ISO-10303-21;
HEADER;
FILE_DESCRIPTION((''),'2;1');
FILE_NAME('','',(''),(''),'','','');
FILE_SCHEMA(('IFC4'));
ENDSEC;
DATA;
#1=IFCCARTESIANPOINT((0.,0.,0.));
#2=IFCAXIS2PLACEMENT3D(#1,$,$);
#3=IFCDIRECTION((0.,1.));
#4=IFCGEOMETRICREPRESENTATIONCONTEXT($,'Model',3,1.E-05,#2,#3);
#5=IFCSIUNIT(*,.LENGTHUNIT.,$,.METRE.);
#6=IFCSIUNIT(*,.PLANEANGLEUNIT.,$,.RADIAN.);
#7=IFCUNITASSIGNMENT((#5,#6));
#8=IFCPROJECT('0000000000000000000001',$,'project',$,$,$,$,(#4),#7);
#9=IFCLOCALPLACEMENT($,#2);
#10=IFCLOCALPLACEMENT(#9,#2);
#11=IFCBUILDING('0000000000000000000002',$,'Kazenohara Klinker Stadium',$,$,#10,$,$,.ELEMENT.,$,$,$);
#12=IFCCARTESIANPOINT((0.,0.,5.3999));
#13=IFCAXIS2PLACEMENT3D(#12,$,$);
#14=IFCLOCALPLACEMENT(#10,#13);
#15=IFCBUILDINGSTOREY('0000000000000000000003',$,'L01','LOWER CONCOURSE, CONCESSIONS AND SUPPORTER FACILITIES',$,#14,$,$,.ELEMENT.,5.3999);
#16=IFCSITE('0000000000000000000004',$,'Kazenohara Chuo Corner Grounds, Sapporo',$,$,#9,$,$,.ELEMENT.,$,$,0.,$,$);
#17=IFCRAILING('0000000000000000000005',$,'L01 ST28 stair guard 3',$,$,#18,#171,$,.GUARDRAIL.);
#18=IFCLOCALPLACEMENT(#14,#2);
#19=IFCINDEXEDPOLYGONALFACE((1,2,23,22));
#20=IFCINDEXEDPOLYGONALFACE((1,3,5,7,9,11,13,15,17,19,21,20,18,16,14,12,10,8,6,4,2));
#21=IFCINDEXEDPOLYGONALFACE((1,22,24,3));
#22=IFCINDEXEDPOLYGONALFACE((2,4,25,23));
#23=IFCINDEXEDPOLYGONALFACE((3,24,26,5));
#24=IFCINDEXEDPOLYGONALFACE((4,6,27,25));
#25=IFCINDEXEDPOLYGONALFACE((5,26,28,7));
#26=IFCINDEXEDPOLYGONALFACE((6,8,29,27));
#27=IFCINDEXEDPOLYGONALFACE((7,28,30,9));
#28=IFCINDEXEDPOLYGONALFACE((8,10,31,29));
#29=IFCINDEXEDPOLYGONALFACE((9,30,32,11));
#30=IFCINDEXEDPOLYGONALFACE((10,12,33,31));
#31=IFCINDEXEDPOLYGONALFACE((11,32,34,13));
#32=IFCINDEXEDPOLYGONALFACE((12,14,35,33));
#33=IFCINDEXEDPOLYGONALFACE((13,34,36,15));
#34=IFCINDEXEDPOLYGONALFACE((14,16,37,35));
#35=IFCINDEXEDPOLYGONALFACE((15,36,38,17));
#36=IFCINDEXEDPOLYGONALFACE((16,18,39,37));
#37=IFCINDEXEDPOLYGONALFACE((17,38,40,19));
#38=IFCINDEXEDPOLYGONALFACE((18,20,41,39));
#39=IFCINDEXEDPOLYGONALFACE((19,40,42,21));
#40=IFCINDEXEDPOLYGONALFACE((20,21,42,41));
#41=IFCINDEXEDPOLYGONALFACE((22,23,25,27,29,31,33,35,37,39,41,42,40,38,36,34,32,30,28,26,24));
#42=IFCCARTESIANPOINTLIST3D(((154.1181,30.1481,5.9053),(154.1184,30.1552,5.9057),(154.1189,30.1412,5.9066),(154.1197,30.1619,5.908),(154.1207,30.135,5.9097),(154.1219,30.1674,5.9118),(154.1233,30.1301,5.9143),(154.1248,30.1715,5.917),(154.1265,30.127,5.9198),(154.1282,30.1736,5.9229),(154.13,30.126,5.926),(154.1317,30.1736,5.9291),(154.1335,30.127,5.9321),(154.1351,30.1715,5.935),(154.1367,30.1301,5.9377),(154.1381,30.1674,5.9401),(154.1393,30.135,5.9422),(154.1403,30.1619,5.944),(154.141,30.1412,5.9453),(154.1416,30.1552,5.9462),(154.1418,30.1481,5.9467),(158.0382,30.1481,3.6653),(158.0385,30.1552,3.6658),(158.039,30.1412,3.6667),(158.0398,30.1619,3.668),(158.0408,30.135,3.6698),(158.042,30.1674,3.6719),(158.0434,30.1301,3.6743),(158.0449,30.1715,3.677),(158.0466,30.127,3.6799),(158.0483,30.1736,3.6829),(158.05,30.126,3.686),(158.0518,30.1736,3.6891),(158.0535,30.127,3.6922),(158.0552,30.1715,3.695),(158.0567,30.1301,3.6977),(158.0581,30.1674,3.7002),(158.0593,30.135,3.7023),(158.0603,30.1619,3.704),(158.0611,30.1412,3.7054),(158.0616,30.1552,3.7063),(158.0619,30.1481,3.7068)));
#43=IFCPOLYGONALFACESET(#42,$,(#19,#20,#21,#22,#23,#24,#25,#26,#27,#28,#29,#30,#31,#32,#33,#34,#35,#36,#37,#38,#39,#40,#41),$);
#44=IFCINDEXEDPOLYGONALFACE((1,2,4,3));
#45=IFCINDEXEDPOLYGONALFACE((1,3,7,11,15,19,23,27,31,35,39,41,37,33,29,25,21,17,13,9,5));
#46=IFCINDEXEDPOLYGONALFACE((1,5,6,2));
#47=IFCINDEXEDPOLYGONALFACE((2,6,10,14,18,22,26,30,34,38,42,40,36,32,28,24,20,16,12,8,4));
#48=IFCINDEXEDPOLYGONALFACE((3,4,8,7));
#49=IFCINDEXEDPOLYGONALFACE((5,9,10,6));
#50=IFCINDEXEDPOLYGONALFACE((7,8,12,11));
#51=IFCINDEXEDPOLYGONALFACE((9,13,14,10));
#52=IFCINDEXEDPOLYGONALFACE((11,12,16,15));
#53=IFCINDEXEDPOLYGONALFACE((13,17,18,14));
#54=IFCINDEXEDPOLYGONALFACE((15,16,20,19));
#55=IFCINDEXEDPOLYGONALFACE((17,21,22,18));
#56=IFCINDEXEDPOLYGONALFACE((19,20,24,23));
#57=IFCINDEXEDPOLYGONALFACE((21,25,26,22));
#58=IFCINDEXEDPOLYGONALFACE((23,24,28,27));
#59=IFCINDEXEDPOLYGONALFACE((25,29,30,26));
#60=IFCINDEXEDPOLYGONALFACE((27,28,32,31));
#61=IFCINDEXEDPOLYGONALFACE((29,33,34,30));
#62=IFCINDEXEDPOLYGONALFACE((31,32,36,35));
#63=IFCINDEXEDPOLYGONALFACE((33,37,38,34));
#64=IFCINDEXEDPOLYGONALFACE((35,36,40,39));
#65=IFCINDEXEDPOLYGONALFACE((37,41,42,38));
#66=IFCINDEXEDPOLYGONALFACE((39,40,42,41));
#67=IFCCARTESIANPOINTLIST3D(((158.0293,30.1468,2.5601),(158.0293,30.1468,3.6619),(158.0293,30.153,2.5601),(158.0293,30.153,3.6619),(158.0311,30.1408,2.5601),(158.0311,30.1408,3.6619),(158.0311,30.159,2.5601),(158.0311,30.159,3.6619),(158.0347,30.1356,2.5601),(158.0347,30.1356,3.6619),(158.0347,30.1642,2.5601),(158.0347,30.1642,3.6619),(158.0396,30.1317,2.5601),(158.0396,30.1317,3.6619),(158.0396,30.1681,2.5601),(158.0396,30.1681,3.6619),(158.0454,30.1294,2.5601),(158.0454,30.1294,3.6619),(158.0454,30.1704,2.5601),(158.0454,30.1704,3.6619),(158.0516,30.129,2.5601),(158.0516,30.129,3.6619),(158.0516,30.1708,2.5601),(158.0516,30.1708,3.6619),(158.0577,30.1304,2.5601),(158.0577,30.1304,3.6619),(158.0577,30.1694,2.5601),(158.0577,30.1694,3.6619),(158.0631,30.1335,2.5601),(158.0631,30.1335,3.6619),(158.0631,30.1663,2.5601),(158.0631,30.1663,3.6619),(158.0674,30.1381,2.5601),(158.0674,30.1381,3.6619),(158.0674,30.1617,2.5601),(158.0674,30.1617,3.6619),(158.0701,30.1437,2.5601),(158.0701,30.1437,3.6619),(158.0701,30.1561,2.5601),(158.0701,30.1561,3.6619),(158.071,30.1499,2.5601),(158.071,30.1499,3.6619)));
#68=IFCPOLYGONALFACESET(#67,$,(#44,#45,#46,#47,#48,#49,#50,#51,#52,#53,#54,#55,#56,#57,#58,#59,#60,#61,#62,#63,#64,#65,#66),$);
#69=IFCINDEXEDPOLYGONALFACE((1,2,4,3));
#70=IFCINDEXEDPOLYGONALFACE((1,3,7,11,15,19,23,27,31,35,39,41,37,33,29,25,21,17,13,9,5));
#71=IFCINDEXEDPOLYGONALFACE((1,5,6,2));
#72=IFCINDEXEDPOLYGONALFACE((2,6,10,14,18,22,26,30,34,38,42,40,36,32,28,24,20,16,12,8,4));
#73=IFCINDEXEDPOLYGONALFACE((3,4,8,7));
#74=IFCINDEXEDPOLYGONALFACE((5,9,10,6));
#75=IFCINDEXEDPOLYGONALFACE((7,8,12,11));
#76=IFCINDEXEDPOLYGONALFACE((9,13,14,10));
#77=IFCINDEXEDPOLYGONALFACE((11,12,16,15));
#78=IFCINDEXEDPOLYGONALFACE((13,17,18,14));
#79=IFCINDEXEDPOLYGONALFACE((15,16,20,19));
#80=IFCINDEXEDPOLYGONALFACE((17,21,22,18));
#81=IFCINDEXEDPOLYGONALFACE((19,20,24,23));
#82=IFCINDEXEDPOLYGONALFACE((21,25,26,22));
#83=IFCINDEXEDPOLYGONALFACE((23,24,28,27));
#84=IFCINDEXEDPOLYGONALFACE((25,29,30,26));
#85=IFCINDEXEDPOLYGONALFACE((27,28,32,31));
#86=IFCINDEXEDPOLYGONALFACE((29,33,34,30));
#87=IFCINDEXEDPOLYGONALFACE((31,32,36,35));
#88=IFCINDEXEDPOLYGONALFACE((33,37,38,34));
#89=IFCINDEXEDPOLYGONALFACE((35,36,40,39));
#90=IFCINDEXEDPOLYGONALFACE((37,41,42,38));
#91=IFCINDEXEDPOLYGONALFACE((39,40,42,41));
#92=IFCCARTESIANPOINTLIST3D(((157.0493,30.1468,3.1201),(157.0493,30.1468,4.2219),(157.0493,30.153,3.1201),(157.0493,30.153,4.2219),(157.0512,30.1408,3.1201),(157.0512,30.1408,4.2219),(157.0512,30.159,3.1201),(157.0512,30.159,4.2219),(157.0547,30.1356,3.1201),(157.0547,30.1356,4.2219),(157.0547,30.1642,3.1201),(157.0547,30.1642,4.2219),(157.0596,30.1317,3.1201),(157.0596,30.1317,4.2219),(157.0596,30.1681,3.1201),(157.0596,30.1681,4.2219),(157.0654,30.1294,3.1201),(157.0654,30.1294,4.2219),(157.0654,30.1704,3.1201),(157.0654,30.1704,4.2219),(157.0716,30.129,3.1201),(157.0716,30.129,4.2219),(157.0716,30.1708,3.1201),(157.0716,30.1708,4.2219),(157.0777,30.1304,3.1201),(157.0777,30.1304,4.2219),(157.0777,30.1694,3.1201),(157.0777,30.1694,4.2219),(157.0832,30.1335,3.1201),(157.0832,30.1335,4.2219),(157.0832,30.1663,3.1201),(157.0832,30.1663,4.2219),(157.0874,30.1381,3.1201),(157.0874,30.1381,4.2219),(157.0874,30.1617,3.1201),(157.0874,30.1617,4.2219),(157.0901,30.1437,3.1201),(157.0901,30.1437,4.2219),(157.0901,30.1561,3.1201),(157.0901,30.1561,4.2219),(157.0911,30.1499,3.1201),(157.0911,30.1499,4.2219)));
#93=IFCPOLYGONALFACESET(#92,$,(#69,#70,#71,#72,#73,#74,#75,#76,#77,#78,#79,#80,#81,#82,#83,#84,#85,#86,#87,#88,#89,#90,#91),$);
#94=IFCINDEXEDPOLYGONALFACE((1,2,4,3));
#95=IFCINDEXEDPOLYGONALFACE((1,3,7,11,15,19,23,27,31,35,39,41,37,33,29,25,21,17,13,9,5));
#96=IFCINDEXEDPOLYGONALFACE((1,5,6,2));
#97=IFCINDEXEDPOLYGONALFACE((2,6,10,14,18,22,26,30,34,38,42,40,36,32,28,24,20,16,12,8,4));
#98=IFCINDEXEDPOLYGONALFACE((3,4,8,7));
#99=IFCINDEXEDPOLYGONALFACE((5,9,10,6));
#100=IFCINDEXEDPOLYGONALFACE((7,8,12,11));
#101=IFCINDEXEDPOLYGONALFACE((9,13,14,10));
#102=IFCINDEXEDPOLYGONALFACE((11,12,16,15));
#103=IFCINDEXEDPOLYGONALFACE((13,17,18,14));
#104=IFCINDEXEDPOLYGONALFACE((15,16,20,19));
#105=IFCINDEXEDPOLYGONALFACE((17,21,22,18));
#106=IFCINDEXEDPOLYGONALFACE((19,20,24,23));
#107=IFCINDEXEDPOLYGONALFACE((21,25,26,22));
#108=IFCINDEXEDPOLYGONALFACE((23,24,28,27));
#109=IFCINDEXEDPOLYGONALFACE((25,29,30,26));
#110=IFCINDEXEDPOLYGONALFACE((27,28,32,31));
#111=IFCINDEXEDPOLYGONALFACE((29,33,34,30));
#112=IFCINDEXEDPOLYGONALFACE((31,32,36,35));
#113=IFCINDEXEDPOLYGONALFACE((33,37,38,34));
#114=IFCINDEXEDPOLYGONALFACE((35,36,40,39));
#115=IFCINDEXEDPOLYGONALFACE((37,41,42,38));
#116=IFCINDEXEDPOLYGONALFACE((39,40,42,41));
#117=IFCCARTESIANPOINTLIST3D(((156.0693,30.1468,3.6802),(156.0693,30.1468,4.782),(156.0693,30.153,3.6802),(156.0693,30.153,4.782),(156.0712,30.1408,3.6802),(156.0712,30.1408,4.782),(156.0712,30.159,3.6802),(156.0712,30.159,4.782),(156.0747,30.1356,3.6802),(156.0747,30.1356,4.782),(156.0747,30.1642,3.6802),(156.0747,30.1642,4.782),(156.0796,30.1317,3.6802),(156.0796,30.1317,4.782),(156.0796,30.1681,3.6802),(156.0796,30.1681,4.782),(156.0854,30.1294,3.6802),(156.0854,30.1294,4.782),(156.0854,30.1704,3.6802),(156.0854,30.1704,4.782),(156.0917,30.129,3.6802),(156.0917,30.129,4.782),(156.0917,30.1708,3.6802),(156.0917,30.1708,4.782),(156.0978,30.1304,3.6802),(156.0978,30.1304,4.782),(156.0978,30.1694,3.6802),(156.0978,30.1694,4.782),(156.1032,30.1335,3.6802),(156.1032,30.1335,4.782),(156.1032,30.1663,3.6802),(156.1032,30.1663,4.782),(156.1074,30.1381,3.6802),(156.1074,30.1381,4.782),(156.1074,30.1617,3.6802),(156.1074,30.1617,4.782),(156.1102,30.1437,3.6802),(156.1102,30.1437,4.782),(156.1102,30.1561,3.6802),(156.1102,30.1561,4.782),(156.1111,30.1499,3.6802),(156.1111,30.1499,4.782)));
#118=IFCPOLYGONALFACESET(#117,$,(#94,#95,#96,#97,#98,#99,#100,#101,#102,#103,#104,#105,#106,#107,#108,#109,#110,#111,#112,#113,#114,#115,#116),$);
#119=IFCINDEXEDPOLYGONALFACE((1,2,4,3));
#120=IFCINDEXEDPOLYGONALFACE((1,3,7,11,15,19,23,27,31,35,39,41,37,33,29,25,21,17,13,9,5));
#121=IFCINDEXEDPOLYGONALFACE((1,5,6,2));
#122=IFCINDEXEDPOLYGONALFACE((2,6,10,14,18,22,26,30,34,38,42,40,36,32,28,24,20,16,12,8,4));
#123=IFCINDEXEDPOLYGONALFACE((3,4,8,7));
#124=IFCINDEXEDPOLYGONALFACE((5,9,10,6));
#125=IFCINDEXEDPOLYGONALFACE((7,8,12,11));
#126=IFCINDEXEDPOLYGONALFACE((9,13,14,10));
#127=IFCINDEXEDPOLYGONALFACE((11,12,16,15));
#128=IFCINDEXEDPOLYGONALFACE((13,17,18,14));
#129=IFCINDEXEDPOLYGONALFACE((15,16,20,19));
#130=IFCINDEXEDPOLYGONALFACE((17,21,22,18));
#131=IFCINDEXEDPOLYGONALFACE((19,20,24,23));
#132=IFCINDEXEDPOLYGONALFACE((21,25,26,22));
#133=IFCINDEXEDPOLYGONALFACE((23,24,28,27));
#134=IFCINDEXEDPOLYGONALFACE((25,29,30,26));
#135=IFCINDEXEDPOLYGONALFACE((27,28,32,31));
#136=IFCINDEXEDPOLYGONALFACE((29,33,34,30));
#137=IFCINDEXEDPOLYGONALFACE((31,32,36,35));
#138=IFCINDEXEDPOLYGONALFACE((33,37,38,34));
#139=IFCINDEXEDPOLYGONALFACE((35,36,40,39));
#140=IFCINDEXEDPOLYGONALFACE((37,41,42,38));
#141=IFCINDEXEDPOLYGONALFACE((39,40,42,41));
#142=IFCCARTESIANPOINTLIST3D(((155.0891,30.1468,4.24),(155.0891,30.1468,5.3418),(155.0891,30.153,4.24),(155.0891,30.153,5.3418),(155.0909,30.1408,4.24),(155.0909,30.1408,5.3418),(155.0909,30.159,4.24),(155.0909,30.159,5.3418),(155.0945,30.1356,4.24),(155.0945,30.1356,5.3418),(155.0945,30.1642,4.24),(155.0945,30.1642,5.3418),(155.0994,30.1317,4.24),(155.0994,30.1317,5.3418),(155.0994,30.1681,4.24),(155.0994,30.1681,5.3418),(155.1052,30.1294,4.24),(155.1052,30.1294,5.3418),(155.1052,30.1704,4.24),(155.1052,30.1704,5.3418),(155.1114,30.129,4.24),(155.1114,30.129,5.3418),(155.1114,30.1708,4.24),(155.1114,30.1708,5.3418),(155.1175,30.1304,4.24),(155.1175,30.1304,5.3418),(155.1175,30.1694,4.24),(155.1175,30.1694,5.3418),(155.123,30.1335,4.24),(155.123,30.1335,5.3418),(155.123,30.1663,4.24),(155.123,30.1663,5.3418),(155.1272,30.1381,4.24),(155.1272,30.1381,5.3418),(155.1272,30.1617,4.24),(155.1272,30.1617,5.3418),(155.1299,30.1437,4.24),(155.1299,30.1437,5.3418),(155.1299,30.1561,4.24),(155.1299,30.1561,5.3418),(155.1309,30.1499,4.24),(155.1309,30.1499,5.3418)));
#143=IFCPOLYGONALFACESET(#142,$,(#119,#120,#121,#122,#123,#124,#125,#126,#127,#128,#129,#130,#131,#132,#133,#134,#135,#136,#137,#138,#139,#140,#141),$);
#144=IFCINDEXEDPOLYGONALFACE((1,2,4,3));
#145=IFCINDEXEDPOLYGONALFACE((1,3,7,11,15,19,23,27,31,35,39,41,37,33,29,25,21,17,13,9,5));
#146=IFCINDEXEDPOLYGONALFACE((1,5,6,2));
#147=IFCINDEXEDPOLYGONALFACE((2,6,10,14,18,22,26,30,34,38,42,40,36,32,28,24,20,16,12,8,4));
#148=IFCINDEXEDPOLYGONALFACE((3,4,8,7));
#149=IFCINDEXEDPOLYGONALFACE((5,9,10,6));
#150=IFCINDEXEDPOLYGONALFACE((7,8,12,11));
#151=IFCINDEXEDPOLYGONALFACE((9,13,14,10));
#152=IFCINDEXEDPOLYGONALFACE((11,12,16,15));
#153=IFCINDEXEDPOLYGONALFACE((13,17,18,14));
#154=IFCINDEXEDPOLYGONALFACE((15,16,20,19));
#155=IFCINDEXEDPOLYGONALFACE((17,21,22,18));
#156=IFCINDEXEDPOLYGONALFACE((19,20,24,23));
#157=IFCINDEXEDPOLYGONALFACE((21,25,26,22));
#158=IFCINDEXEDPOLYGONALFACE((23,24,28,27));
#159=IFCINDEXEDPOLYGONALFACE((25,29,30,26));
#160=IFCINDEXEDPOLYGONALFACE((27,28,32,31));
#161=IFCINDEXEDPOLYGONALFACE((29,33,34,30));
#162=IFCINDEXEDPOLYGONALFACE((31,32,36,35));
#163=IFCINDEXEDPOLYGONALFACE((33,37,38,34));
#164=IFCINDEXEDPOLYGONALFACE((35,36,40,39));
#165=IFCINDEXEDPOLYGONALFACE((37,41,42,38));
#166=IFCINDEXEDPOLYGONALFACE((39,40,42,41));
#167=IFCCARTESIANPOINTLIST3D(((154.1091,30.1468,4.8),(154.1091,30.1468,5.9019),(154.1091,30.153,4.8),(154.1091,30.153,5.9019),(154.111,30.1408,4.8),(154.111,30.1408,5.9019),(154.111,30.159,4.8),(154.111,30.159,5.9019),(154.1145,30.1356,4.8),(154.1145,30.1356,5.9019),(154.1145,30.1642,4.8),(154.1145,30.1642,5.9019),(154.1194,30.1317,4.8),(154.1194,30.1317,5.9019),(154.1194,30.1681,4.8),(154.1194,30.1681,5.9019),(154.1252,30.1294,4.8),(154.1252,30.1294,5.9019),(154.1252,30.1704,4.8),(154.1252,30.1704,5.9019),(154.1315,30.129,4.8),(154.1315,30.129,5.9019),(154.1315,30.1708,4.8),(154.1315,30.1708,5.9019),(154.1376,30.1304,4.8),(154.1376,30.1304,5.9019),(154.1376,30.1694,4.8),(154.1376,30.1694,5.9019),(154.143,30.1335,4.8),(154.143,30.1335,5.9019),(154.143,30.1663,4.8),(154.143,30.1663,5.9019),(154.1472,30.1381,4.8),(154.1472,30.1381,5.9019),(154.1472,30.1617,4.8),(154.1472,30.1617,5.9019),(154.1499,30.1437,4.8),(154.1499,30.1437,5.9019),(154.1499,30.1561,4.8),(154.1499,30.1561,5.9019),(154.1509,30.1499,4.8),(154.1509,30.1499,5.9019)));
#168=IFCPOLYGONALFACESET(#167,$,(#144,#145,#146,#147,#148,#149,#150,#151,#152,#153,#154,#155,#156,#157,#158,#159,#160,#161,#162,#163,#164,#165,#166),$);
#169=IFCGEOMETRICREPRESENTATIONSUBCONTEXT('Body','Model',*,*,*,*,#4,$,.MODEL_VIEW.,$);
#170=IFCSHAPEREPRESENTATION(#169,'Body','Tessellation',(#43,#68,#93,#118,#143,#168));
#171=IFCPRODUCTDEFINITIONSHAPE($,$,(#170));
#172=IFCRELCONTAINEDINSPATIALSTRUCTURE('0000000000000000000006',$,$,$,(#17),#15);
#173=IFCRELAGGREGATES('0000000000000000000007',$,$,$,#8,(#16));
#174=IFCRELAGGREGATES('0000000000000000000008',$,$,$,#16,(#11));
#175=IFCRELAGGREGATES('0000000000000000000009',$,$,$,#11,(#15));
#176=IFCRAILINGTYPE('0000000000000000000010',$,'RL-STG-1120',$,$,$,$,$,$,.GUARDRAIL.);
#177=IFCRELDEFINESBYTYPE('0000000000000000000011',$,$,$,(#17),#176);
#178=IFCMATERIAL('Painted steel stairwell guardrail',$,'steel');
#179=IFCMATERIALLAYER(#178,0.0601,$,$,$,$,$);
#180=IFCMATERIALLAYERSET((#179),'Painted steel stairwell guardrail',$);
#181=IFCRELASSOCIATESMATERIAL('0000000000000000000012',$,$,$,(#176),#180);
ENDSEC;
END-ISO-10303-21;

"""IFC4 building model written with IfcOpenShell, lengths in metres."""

from ifc_helpers import new_model, si_unit, direction, frame, origin, origin_2d, place, context, subcontext, project, spatial, circle, extrude, material, layer, layer_set, type_object, element, save


model = new_model("IFC4")

# Units and contexts
model_context = context("Model", 3, precision=1e-05, world=origin(), true_north=direction((0.0, 1.0)))
body_context = subcontext(model_context, "Body", "Model", "MODEL_VIEW")
ifc_project = project(units=[si_unit("LENGTHUNIT", "METRE"), si_unit("PLANEANGLEUNIT", "RADIAN")], contexts=[model_context])

# Site, building, storey
site_placement = place(None, origin())
site = spatial("IfcSite", under=ifc_project, at=site_placement, Name="Kazenohara Chuo Corner Grounds, Sapporo", CompositionType="ELEMENT", RefElevation=0.0)
building_placement = place(site_placement, origin())
building = spatial("IfcBuilding", under=site, at=building_placement, Name="Kazenohara Klinker Stadium", CompositionType="ELEMENT")
storey_placement = place(building_placement, frame((0.0, 0.0, 5.3999)))
storey = spatial("IfcBuildingStorey", under=building, at=storey_placement, Name="L01", Description="LOWER CONCOURSE, CONCESSIONS AND SUPPORTER FACILITIES", CompositionType="ELEMENT", Elevation=5.3999)

# Railing
ifc_material_1 = material(Name="Painted steel stairwell guardrail", Category="steel")
ifc_layer_1 = layer(ifc_material_1, 0.0601)
ifc_layer_set_1 = layer_set([ifc_layer_1], Name="Painted steel stairwell guardrail")
railing_type_1 = type_object("IfcRailingType", Name="RL-STG-1120", PredefinedType="GUARDRAIL", material=ifc_layer_set_1)
railing_1_placement = place(storey_placement, frame((158.05, 30.1499, 2.5601)))
element("IfcRailing", 1, at=railing_1_placement, inside=storey, type_object=railing_type_1, Name="L01 ST28 stair guard 3", PredefinedType="GUARDRAIL", context=body_context, shape_type="SweptSolid", body=[
    extrude(circle(Radius=0.0239, at=origin_2d()), frame((0.0, 0.0, 1.126), z_axis=(-0.868253, 0.0, 0.496121), x_axis=(0.0, -1.0, 0.0)), (0.0, 0.0, 1.0), 4.5149),
    extrude(circle(Radius=0.021, at=origin_2d()), origin(), (0.0, 0.0, 1.0), 1.1018),
    extrude(circle(Radius=0.021, at=origin_2d()), frame((-0.98, 0.0, 0.5601)), (0.0, 0.0, 1.0), 1.1018),
    extrude(circle(Radius=0.021, at=origin_2d()), frame((-1.96, 0.0, 1.1201)), (0.0, 0.0, 1.0), 1.1018),
    extrude(circle(Radius=0.021, at=origin_2d()), frame((-2.9402, 0.0, 1.6799)), (0.0, 0.0, 1.0), 1.1018),
    extrude(circle(Radius=0.021, at=origin_2d()), frame((-3.9202, 0.0, 2.24)), (0.0, 0.0, 1.0), 1.1018),
])

save(model, "model.ifc")
